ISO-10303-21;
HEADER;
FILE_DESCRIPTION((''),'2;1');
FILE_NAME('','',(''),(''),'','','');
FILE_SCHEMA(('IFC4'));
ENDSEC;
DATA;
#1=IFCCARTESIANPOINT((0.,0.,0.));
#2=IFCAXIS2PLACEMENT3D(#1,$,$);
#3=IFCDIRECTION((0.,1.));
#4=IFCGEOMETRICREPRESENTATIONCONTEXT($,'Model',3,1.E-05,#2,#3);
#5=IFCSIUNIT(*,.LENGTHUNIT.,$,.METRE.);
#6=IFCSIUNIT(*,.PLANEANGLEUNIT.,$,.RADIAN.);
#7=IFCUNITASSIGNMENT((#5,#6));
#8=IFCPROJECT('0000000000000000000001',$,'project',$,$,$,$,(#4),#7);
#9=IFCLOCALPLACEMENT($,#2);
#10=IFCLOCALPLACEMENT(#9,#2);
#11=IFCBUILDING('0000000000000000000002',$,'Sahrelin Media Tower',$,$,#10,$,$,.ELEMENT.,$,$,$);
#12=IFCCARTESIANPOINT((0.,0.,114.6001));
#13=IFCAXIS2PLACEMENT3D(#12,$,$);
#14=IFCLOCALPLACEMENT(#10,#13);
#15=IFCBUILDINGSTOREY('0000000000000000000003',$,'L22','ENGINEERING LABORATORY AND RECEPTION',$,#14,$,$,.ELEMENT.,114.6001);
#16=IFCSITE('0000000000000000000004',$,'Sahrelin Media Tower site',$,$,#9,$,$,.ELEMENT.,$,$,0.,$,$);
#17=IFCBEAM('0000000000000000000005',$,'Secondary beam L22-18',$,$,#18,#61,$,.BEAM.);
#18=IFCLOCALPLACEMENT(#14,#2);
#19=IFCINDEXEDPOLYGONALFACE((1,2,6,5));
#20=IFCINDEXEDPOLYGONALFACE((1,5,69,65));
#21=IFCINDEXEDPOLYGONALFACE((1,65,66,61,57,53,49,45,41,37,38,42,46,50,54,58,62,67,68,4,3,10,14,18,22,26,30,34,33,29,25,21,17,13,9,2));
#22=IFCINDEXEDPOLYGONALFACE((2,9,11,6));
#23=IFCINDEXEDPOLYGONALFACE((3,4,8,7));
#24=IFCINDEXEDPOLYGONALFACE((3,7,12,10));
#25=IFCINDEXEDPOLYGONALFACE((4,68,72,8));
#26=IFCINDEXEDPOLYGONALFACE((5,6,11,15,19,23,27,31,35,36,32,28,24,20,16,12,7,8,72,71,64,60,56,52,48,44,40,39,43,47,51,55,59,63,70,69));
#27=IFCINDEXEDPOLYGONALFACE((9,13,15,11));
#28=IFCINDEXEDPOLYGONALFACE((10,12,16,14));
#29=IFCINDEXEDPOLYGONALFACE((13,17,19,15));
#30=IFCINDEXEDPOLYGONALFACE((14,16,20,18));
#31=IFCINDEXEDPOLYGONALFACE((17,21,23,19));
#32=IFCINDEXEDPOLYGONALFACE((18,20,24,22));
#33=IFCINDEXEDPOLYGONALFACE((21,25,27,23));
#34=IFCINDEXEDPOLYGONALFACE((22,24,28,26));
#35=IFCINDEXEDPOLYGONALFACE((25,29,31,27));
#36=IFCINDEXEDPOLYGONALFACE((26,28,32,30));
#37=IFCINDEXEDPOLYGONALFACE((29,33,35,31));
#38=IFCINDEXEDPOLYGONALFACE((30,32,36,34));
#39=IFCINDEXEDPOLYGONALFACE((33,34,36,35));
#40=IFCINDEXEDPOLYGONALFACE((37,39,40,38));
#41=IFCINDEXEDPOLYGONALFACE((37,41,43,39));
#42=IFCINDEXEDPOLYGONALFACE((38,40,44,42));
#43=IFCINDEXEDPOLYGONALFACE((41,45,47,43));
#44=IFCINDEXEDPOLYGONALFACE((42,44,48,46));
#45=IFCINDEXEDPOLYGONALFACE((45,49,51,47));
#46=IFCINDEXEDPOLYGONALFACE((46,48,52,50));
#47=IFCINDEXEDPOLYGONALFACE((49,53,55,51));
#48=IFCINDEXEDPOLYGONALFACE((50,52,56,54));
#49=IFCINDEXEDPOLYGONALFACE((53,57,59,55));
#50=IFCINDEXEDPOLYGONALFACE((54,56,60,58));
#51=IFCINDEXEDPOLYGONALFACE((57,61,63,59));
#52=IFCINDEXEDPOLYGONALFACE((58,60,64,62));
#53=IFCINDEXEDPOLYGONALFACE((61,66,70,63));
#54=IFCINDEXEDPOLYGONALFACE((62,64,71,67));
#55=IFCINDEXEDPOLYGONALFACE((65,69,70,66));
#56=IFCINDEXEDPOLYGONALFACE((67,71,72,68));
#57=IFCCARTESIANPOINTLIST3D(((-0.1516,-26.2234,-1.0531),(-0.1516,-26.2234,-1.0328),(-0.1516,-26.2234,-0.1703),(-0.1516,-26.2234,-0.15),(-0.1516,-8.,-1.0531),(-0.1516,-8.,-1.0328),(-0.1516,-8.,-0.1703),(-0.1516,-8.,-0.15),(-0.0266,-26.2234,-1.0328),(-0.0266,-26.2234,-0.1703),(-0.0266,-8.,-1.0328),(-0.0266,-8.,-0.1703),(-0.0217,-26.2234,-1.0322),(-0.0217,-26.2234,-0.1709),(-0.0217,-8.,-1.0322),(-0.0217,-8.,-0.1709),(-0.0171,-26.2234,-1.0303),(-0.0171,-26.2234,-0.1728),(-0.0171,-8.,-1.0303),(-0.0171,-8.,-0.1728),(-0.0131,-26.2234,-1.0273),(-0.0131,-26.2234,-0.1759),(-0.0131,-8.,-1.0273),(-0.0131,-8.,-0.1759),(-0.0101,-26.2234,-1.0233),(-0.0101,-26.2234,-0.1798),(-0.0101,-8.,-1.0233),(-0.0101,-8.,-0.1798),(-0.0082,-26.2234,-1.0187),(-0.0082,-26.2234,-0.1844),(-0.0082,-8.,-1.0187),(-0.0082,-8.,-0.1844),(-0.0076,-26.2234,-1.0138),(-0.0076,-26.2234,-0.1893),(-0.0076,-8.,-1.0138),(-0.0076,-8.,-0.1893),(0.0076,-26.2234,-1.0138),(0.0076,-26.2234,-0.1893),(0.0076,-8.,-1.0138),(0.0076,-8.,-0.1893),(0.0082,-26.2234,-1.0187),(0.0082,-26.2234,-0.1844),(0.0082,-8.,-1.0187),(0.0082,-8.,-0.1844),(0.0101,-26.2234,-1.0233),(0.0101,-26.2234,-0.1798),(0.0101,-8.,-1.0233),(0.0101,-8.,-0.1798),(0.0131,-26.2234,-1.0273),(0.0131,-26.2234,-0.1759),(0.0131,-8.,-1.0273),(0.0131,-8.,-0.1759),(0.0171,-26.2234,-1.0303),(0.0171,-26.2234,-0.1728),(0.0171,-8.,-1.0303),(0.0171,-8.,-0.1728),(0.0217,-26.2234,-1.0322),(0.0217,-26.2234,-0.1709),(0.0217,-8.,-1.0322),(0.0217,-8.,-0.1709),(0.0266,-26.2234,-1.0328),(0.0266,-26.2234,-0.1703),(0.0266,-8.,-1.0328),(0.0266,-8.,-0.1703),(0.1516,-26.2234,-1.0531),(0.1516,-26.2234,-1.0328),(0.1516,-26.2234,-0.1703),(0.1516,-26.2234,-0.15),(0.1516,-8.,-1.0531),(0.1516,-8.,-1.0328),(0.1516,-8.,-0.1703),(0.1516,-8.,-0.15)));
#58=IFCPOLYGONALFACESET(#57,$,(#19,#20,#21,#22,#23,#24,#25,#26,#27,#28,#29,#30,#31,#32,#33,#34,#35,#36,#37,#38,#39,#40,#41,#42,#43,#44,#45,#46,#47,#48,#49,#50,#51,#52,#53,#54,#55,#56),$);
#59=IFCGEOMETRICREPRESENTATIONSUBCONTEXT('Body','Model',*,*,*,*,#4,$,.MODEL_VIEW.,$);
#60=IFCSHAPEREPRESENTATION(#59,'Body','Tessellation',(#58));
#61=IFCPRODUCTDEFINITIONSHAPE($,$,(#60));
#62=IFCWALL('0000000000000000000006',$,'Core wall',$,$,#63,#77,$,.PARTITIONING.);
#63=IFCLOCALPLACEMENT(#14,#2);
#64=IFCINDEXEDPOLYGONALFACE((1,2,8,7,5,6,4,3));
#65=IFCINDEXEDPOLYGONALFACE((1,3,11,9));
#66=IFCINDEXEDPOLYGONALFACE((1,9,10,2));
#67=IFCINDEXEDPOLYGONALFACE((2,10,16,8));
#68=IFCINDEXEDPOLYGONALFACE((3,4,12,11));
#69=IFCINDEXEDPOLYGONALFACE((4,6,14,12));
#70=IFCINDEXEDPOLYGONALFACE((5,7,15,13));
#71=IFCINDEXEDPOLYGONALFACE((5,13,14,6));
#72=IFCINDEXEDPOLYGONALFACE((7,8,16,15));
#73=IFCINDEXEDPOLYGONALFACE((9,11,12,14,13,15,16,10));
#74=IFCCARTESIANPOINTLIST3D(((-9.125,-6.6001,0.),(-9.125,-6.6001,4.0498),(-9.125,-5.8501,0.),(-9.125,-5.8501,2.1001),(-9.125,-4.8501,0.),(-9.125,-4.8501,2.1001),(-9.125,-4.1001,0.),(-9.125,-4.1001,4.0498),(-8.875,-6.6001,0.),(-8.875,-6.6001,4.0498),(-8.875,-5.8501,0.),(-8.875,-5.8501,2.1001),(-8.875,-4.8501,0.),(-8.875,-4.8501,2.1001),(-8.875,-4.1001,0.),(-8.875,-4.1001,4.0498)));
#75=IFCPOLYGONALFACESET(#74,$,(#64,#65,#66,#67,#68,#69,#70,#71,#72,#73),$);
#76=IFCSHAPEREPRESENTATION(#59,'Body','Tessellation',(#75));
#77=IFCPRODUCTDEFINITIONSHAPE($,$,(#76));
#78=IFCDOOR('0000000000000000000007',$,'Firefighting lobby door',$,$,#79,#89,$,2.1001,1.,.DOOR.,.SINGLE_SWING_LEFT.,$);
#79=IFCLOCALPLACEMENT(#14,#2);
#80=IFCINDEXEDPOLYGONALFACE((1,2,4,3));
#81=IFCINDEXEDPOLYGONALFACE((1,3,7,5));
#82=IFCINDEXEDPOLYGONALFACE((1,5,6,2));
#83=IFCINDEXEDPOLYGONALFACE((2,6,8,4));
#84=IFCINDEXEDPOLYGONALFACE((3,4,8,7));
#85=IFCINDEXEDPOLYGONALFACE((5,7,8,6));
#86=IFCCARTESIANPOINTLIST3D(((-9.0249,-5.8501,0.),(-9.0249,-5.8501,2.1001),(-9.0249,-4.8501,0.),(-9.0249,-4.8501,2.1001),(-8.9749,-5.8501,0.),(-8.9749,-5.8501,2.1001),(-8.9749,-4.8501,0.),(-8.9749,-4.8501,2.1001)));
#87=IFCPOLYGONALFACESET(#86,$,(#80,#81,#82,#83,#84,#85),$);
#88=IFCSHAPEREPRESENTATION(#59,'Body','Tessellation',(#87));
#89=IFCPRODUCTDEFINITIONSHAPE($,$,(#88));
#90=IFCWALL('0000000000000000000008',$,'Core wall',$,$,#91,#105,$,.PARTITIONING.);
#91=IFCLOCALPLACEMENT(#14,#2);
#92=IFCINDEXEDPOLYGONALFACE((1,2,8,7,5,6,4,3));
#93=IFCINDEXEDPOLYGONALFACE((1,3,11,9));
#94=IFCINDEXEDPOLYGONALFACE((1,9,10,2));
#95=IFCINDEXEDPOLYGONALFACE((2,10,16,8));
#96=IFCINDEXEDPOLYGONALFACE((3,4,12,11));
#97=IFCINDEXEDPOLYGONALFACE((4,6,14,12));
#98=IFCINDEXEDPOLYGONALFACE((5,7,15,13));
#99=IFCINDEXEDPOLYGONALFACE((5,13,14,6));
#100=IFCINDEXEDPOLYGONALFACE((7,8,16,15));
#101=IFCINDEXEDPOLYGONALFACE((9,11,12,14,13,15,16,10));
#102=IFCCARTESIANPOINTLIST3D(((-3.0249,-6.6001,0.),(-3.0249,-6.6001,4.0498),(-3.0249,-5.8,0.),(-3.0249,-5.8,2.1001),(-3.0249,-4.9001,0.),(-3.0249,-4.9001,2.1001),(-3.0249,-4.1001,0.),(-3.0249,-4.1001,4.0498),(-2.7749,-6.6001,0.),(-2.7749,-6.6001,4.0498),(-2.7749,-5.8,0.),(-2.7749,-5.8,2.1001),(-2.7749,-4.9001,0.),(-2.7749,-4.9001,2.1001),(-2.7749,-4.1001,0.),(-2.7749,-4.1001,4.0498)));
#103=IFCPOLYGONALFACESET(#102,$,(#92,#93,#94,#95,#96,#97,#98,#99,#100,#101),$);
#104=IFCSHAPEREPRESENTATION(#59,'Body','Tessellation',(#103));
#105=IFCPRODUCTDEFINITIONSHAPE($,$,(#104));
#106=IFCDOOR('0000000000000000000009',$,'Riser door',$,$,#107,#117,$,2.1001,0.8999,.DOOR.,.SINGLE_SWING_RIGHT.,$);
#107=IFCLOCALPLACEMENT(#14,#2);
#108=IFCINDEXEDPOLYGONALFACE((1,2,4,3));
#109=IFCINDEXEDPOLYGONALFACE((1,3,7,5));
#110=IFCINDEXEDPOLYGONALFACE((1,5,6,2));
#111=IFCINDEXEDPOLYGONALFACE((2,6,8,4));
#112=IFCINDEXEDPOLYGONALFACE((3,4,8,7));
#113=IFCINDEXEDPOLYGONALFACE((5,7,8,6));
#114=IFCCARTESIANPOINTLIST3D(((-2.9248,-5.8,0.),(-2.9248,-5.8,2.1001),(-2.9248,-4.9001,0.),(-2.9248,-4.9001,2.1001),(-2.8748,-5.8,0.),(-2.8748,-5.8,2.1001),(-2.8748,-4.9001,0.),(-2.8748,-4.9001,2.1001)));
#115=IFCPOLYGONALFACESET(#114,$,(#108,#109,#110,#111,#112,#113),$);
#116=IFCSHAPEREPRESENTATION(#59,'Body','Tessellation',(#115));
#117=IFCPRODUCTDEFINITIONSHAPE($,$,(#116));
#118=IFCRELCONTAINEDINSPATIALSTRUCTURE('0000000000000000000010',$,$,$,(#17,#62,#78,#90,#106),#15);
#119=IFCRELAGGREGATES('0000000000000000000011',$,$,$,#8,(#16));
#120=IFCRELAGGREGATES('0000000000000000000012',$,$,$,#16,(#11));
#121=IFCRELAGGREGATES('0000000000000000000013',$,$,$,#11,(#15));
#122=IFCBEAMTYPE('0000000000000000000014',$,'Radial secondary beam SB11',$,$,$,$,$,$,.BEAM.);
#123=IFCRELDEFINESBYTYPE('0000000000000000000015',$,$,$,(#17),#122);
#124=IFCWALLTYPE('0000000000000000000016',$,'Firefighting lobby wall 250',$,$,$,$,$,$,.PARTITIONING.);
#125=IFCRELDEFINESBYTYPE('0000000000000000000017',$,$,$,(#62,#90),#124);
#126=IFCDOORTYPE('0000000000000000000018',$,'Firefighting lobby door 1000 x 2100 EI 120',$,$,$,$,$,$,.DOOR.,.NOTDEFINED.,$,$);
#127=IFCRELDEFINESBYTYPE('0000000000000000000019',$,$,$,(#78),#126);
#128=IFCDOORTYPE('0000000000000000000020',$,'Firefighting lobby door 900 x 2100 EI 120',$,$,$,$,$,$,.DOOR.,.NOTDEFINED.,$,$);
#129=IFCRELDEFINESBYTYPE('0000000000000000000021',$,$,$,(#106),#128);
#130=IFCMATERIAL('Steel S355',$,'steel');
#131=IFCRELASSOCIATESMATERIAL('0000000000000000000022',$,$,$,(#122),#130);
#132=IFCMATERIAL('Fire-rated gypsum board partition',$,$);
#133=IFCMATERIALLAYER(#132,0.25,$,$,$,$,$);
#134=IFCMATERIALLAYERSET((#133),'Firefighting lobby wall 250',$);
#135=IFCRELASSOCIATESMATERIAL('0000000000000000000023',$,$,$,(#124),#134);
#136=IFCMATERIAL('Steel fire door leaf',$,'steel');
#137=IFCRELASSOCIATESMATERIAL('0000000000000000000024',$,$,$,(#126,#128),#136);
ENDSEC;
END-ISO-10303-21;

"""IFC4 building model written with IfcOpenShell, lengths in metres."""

from ifc_helpers import new_model, si_unit, direction, frame, frame_2d, origin, origin_2d, place, context, subcontext, project, spatial, rectangle, i_section, extrude, material, layer, layer_set, material_profile, profile_set, type_object, element, fill, save


model = new_model("IFC4")

# Units and contexts
model_context = context("Model", 3, precision=1e-05, world=origin(), true_north=direction((0.0, 1.0)))
body_context = subcontext(model_context, "Body", "Model", "MODEL_VIEW")
ifc_project = project(units=[si_unit("LENGTHUNIT", "METRE"), si_unit("PLANEANGLEUNIT", "RADIAN")], contexts=[model_context])

# Site, building, storey
site_placement = place(None, origin())
site = spatial("IfcSite", under=ifc_project, at=site_placement, Name="Sahrelin Media Tower site", CompositionType="ELEMENT", RefElevation=0.0)
building_placement = place(site_placement, origin())
building = spatial("IfcBuilding", under=site, at=building_placement, Name="Sahrelin Media Tower", CompositionType="ELEMENT")
storey_placement = place(building_placement, frame((0.0, 0.0, 114.6001)))
storey = spatial("IfcBuildingStorey", under=building, at=storey_placement, Name="L22", Description="ENGINEERING LABORATORY AND RECEPTION", CompositionType="ELEMENT", Elevation=114.6001)

# Beam
ifc_material_1 = material(Name="Steel S355", Category="steel")
ifc_material_profile_1 = material_profile(ifc_material_1, i_section(OverallWidth=0.3032, OverallDepth=0.9031, WebThickness=0.0151, FlangeThickness=0.0203, FilletRadius=0.019, at=origin_2d()), Name="UB 914x305x201")
ifc_profile_set_1 = profile_set([ifc_material_profile_1], Name="Steel S355")
beam_type_1 = type_object("IfcBeamType", Name="Radial secondary beam SB11", PredefinedType="BEAM", material=ifc_profile_set_1)
beam_1_placement = place(storey_placement, frame((0.0, -8.0, -0.6016), z_axis=(0.0, -1.0, 0.0), x_axis=(1.0, 0.0, 0.0)))
element("IfcBeam", 1, at=beam_1_placement, inside=storey, type_object=beam_type_1, Name="Secondary beam L22-18", PredefinedType="BEAM", context=body_context, shape_type="SweptSolid", body=[
    extrude(i_section(OverallWidth=0.3032, OverallDepth=0.9031, WebThickness=0.0151, FlangeThickness=0.0203, FilletRadius=0.019, at=origin_2d()), origin(), (0.0, 0.0, 1.0), 18.2234),
])

# Walls, openings, doors
ifc_material_2 = material(Name="Fire-rated gypsum board partition")
ifc_layer_1 = layer(ifc_material_2, 0.25)
ifc_layer_set_1 = layer_set([ifc_layer_1], Name="Firefighting lobby wall 250")
wall_type_1 = type_object("IfcWallType", Name="Firefighting lobby wall 250", PredefinedType="PARTITIONING", material=ifc_layer_set_1)
wall_1_placement = place(storey_placement, frame((-9.0, -6.6001, 0.0), z_axis=(0.0, 0.0, 1.0), x_axis=(0.0, 1.0, 0.0)))
wall_1 = element("IfcWall", 2, at=wall_1_placement, inside=storey, type_object=wall_type_1, Name="Core wall", PredefinedType="PARTITIONING", context=body_context, shape_type="SweptSolid", body=[
    extrude(rectangle(XDim=2.5, YDim=0.25, at=frame_2d((1.25, 0.0))), origin(), (0.0, 0.0, 1.0), 4.0498),
])
opening_1_placement = place(wall_1_placement, frame((0.75, 0.0, 0.0)))
opening_1 = element("IfcOpeningElement", 3, at=opening_1_placement, cuts=wall_1, PredefinedType="OPENING", context=body_context, shape_type="SweptSolid", body=[
    extrude(rectangle(XDim=1.0, YDim=2.1001, at=frame_2d((0.5, 1.05))), frame((0.0, 0.125, 0.0), z_axis=(0.0, -1.0, 0.0), x_axis=(1.0, 0.0, 0.0)), (0.0, 0.0, 1.0), 0.25),
])
ifc_material_3 = material(Name="Steel fire door leaf", Category="steel")
door_type_1 = type_object("IfcDoorType", Name="Firefighting lobby door 1000 x 2100 EI 120", OperationType="NOTDEFINED", PredefinedType="DOOR", material=ifc_material_3)
door_1_placement = place(opening_1_placement, origin())
door_1 = element("IfcDoor", 4, at=door_1_placement, inside=storey, type_object=door_type_1, Name="Firefighting lobby door", OperationType="SINGLE_SWING_LEFT", OverallHeight=2.1001, OverallWidth=1.0, PredefinedType="DOOR", context=body_context, shape_type="SweptSolid", body=[
    extrude(rectangle(XDim=1.0, YDim=2.1001, at=frame_2d((0.5, 1.05))), frame((0.0, 0.0249, 0.0), z_axis=(0.0, -1.0, 0.0), x_axis=(1.0, 0.0, 0.0)), (0.0, 0.0, 1.0), 0.05),
])
fill(opening_1, door_1)
wall_2_placement = place(storey_placement, frame((-2.8999, -6.6001, 0.0), z_axis=(0.0, 0.0, 1.0), x_axis=(0.0, 1.0, 0.0)))
wall_2 = element("IfcWall", 5, at=wall_2_placement, inside=storey, type_object=wall_type_1, Name="Core wall", PredefinedType="PARTITIONING", context=body_context, shape_type="SweptSolid", body=[
    extrude(rectangle(XDim=2.5, YDim=0.25, at=frame_2d((1.25, 0.0))), origin(), (0.0, 0.0, 1.0), 4.0498),
])
opening_2_placement = place(wall_2_placement, frame((0.8, 0.0, 0.0)))
opening_2 = element("IfcOpeningElement", 6, at=opening_2_placement, cuts=wall_2, PredefinedType="OPENING", context=body_context, shape_type="SweptSolid", body=[
    extrude(rectangle(XDim=0.8999, YDim=2.1001, at=frame_2d((0.45, 1.05))), frame((0.0, 0.125, 0.0), z_axis=(0.0, -1.0, 0.0), x_axis=(1.0, 0.0, 0.0)), (0.0, 0.0, 1.0), 0.25),
])
door_type_2 = type_object("IfcDoorType", Name="Firefighting lobby door 900 x 2100 EI 120", OperationType="NOTDEFINED", PredefinedType="DOOR", material=ifc_material_3)
door_2_placement = place(opening_2_placement, origin())
door_2 = element("IfcDoor", 7, at=door_2_placement, inside=storey, type_object=door_type_2, Name="Riser door", OperationType="SINGLE_SWING_RIGHT", OverallHeight=2.1001, OverallWidth=0.8999, PredefinedType="DOOR", context=body_context, shape_type="SweptSolid", body=[
    extrude(rectangle(XDim=0.8999, YDim=2.1001, at=frame_2d((0.45, 1.05))), frame((0.0, 0.0249, 0.0), z_axis=(0.0, -1.0, 0.0), x_axis=(1.0, 0.0, 0.0)), (0.0, 0.0, 1.0), 0.05),
])
fill(opening_2, door_2)

save(model, "model.ifc")
